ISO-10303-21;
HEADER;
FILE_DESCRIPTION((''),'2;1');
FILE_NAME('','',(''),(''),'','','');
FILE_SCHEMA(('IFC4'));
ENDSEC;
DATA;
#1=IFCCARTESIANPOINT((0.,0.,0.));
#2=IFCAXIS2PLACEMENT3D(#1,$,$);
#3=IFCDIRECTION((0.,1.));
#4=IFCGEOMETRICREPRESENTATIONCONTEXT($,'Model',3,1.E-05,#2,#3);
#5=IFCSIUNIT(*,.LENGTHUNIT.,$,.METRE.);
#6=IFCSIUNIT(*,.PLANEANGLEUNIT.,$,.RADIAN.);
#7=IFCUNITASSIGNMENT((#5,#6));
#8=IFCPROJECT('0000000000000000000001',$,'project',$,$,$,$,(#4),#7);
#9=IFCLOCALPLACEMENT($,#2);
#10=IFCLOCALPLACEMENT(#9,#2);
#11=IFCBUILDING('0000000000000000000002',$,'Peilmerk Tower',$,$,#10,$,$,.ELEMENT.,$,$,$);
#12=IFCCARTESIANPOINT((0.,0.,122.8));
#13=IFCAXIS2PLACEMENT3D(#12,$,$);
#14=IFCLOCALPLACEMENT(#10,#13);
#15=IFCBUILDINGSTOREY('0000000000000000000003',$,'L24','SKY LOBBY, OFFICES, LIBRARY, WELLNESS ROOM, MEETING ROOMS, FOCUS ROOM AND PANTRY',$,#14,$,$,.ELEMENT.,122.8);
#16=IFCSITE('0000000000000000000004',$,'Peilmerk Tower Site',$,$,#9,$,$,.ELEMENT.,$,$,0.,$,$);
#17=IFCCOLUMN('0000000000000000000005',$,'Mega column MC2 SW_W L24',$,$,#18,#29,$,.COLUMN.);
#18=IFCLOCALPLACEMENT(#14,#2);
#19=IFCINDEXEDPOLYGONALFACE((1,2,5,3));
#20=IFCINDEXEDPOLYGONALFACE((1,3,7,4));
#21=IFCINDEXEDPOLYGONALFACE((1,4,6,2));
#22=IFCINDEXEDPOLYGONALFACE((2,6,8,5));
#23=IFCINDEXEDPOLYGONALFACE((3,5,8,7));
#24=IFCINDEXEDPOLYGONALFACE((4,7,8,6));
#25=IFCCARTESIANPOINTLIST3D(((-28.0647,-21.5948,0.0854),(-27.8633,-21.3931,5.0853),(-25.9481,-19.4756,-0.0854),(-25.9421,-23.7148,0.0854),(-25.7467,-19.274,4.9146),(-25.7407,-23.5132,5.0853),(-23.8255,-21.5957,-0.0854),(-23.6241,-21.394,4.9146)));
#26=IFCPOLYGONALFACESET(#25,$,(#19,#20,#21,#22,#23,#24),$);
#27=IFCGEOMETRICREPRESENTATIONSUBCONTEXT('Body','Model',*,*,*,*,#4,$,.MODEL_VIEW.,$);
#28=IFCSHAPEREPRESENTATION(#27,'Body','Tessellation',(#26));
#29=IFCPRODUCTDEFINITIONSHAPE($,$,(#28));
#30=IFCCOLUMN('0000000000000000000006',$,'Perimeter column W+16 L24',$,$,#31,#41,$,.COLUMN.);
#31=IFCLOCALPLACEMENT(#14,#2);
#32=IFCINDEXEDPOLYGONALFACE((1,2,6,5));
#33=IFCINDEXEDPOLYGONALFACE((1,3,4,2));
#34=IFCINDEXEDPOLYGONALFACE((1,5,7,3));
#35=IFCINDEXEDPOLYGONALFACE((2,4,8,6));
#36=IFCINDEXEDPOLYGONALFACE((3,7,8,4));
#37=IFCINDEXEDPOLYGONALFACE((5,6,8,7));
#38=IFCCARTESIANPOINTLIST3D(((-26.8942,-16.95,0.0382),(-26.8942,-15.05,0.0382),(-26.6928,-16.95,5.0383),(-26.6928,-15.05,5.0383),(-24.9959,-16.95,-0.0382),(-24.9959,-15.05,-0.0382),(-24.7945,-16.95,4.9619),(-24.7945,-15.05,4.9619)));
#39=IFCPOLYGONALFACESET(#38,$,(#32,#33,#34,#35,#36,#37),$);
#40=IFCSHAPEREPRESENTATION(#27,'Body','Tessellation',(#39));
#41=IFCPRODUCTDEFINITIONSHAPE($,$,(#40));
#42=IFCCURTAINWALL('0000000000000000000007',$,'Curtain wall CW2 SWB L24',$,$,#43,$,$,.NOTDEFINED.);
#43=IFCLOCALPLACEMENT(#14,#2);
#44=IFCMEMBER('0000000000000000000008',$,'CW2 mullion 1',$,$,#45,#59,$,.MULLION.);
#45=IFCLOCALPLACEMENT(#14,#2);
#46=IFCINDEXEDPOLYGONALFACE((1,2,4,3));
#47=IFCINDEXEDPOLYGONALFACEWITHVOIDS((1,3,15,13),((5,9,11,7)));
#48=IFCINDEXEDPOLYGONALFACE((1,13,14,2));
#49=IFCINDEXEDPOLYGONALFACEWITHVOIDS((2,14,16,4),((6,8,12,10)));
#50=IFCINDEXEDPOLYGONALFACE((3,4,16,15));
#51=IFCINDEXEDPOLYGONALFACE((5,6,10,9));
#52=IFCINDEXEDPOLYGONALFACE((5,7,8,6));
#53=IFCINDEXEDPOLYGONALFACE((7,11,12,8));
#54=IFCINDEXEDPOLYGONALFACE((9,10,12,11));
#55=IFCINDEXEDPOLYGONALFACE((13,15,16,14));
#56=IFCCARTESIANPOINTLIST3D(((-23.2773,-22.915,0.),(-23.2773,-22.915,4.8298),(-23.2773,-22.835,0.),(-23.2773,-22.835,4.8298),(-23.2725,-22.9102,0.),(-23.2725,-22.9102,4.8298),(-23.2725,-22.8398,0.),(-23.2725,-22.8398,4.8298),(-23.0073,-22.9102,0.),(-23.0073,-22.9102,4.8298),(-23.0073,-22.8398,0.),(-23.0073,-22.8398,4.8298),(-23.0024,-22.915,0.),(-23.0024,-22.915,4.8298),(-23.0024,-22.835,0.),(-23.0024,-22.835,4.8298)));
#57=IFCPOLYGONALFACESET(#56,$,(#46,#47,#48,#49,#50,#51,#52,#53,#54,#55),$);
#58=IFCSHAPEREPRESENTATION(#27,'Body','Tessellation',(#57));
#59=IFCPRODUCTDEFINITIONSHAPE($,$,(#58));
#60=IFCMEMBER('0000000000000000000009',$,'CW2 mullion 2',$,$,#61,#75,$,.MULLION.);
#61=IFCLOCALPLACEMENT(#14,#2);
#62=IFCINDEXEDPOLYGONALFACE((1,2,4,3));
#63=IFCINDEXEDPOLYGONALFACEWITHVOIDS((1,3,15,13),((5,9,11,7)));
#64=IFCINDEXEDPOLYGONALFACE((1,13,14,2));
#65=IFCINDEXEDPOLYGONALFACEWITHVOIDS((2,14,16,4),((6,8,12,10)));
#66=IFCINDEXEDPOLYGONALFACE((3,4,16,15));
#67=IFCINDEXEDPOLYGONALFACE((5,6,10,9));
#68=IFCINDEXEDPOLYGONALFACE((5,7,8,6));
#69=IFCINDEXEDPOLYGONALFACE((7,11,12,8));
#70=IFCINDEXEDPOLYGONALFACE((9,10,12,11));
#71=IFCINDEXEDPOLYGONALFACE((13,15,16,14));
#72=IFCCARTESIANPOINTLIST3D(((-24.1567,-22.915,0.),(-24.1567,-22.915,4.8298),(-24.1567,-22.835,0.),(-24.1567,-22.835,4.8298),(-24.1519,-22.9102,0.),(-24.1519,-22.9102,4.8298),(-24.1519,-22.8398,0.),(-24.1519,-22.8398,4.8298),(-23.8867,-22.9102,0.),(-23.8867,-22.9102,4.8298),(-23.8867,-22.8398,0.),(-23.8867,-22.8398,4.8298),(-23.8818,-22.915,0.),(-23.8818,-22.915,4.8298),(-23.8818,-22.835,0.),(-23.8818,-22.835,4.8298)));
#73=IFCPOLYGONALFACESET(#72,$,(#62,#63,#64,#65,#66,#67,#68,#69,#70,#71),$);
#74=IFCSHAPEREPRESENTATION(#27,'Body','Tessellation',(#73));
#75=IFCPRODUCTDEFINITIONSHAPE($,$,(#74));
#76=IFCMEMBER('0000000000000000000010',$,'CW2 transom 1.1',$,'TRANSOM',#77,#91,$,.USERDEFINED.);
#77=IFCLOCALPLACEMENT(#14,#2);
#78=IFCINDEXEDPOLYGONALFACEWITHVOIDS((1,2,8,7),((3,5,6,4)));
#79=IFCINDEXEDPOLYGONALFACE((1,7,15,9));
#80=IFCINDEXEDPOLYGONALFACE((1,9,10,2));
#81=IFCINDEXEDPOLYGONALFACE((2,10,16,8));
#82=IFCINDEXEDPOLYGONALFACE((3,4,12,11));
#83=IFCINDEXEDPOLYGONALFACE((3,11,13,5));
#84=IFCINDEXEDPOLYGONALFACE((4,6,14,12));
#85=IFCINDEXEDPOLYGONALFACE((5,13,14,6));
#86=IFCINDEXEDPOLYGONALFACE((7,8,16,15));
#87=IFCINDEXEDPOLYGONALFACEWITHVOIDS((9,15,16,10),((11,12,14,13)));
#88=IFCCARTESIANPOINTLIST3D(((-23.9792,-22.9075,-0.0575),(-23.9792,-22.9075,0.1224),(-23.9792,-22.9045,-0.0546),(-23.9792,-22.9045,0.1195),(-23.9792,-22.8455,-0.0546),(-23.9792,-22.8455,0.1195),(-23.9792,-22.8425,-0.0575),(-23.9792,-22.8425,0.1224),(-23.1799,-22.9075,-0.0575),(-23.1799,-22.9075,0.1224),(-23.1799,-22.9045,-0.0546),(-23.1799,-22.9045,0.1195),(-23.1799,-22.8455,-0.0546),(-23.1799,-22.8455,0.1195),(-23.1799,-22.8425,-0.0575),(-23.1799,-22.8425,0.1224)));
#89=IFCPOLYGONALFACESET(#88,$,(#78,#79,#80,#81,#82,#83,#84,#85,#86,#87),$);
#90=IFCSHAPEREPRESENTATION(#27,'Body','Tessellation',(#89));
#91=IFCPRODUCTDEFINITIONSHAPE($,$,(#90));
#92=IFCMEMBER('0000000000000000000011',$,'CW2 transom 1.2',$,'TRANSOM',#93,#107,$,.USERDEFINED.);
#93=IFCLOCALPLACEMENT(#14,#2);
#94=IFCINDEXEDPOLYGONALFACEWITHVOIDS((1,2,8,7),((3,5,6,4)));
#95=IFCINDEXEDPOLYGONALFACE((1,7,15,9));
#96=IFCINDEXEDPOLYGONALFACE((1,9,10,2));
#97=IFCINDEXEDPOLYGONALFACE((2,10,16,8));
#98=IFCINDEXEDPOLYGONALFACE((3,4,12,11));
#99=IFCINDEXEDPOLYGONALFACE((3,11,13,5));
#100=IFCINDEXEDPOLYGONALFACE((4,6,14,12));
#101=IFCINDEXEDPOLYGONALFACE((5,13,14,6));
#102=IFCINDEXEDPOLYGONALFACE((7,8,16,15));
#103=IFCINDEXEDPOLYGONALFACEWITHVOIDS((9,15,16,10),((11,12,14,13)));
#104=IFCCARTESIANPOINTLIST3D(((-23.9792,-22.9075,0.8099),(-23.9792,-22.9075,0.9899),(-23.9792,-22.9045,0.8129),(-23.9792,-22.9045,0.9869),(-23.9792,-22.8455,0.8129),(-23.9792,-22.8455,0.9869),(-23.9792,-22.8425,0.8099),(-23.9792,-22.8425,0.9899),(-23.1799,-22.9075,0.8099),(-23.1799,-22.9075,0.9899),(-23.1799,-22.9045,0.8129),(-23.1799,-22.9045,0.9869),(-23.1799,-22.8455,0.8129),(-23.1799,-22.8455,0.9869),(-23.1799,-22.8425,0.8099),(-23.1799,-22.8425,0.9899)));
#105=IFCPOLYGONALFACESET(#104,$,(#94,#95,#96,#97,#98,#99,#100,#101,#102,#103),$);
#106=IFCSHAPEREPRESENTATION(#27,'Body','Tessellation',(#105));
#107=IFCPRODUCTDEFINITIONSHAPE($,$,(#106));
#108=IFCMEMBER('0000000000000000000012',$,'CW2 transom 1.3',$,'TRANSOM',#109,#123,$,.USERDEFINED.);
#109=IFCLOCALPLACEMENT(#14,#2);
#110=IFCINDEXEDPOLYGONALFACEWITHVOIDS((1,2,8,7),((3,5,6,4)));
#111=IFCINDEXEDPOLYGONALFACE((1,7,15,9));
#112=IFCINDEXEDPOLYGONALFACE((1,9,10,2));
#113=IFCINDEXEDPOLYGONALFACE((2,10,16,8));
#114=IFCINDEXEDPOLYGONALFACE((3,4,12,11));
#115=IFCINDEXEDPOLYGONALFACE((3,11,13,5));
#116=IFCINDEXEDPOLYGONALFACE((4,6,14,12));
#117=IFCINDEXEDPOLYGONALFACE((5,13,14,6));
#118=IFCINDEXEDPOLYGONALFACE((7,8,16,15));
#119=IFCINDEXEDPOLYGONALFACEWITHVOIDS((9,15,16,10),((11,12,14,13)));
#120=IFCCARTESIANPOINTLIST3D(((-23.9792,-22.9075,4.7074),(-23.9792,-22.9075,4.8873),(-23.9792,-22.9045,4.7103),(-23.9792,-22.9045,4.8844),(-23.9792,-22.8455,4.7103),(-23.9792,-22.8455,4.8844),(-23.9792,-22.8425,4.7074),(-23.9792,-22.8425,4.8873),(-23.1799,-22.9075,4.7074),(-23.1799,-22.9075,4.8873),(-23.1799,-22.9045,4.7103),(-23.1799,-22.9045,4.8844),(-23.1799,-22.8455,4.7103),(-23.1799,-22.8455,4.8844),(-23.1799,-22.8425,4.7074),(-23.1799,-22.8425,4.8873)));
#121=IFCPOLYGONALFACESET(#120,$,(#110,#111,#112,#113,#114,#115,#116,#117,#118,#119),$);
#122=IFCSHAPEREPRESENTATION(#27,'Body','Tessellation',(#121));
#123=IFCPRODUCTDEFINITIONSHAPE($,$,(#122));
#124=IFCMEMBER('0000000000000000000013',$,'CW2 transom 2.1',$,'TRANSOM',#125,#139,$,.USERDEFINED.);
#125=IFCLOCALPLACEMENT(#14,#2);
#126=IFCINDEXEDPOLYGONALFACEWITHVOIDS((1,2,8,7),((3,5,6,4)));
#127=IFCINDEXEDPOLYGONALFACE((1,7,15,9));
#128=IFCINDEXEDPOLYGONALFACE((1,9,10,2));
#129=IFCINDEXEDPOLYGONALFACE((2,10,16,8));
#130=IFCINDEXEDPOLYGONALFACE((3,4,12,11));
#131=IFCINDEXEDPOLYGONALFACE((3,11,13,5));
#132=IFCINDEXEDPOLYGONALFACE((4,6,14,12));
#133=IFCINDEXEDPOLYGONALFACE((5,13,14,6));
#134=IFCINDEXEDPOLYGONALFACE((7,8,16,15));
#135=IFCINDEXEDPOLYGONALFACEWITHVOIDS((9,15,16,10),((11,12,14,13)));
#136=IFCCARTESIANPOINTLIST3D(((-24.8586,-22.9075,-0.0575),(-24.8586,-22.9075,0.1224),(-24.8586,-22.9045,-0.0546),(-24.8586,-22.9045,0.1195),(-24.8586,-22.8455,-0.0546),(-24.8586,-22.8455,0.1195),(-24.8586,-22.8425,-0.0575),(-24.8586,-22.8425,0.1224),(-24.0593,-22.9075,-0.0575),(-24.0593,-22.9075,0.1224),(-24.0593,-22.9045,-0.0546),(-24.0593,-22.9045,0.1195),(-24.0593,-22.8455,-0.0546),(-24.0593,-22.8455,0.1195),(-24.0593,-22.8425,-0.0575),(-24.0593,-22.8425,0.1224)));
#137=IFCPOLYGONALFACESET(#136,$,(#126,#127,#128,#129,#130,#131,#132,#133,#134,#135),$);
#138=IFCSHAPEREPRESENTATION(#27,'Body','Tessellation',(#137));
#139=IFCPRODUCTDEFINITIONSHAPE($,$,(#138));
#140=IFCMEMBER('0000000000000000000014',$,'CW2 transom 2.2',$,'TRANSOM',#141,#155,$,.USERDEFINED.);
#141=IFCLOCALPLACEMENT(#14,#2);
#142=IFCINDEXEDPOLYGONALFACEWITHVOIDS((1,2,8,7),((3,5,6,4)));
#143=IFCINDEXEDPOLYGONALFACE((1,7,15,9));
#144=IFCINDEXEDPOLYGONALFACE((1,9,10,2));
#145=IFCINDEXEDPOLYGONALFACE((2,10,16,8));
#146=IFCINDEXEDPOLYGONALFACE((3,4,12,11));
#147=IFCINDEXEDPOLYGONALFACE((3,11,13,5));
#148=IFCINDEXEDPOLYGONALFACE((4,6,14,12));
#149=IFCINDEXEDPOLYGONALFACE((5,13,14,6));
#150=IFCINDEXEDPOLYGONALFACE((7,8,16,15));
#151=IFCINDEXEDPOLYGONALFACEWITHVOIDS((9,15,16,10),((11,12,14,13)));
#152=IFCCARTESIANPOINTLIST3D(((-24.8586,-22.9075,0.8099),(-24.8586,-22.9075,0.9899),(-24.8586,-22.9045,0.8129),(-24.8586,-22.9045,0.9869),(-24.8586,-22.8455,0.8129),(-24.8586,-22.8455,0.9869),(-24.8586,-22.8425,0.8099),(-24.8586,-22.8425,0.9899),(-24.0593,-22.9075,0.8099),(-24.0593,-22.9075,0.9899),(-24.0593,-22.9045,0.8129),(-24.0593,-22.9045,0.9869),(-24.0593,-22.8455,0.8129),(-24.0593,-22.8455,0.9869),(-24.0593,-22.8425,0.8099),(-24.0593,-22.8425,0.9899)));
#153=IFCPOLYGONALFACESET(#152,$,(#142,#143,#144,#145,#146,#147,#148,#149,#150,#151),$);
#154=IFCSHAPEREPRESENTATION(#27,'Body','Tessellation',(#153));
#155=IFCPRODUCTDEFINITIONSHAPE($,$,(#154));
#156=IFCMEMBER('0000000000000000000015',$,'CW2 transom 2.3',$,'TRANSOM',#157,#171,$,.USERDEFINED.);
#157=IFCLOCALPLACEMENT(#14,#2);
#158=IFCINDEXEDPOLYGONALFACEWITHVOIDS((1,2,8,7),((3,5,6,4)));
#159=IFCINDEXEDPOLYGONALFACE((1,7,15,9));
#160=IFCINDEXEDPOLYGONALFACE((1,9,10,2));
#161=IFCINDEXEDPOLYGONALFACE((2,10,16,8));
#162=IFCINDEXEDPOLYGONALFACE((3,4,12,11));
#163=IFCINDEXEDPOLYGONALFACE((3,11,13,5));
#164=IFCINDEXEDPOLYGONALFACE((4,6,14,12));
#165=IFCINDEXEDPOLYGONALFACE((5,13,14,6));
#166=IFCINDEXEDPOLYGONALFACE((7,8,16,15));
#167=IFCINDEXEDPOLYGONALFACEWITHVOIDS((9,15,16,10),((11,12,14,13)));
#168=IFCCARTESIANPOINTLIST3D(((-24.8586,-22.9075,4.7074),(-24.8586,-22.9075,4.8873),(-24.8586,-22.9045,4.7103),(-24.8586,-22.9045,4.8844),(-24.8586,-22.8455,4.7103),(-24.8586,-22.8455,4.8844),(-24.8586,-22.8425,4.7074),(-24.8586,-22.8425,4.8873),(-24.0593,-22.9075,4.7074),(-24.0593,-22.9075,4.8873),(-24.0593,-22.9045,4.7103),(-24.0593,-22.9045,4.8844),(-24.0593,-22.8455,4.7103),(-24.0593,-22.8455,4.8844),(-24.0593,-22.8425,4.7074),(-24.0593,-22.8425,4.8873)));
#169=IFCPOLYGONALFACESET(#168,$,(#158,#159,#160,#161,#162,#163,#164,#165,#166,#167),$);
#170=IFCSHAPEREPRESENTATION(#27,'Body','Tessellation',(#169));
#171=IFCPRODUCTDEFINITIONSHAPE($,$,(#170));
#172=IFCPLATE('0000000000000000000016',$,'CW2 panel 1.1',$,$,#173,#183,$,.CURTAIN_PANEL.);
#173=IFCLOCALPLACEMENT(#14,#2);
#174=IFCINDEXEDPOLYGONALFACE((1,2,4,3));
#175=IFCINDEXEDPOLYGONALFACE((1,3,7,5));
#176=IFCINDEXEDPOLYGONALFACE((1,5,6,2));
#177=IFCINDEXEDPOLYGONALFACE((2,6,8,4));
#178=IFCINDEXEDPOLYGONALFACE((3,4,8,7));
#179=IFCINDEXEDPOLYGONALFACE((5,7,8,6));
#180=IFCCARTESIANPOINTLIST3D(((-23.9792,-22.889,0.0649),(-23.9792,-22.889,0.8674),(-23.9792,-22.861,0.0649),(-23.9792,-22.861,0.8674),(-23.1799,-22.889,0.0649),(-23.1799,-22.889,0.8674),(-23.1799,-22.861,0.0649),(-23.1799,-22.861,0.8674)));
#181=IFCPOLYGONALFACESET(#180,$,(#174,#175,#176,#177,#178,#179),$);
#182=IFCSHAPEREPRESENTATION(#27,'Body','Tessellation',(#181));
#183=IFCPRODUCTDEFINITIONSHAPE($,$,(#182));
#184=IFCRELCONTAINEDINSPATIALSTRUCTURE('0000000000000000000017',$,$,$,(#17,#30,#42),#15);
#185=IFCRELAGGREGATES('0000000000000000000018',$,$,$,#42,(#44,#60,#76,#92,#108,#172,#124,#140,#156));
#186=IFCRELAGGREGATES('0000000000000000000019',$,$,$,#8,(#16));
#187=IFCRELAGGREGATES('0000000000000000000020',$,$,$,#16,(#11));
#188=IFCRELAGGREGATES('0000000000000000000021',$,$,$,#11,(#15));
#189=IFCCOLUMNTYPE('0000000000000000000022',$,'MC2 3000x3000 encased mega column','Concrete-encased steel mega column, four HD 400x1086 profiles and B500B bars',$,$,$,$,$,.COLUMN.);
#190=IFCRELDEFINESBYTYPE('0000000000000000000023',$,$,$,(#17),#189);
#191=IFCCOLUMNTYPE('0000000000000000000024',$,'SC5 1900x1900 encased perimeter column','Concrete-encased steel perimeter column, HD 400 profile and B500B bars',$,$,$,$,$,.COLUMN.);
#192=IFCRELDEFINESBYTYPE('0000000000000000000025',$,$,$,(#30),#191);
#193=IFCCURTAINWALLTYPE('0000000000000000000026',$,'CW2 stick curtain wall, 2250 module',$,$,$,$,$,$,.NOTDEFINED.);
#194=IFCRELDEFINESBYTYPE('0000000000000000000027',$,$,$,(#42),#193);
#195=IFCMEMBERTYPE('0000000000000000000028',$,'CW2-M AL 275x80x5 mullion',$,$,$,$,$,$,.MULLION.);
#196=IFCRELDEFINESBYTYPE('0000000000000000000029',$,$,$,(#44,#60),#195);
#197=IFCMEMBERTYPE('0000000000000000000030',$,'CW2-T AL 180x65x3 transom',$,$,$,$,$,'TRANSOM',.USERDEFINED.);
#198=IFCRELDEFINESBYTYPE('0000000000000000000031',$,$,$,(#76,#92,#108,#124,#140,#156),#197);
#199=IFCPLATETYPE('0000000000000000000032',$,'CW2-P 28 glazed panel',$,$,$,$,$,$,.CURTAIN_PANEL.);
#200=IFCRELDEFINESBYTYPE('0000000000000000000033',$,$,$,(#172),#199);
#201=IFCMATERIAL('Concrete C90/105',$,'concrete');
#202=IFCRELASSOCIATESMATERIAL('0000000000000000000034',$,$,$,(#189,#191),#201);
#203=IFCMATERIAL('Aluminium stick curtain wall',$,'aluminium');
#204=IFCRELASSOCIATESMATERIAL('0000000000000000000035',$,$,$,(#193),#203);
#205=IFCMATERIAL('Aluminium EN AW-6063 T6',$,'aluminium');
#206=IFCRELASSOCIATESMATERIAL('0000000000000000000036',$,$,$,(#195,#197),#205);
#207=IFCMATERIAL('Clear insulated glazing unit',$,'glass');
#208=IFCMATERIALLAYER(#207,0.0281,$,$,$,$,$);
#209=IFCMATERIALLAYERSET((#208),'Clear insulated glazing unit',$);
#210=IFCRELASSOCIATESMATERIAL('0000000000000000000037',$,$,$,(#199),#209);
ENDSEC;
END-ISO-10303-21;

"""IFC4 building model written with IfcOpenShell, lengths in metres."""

from ifc_helpers import new_model, si_unit, direction, frame, origin, origin_2d, place, context, subcontext, project, spatial, rectangle, hollow_rectangle, extrude, material, layer, layer_set, material_profile, profile_set, type_object, element, aggregate, save


model = new_model("IFC4")

# Units and contexts
model_context = context("Model", 3, precision=1e-05, world=origin(), true_north=direction((0.0, 1.0)))
body_context = subcontext(model_context, "Body", "Model", "MODEL_VIEW")
ifc_project = project(units=[si_unit("LENGTHUNIT", "METRE"), si_unit("PLANEANGLEUNIT", "RADIAN")], contexts=[model_context])

# Site, building, storey
site_placement = place(None, origin())
site = spatial("IfcSite", under=ifc_project, at=site_placement, Name="Peilmerk Tower Site", CompositionType="ELEMENT", RefElevation=0.0)
building_placement = place(site_placement, origin())
building = spatial("IfcBuilding", under=site, at=building_placement, Name="Peilmerk Tower", CompositionType="ELEMENT")
storey_placement = place(building_placement, frame((0.0, 0.0, 122.8)))
storey = spatial("IfcBuildingStorey", under=building, at=storey_placement, Name="L24", Description="SKY LOBBY, OFFICES, LIBRARY, WELLNESS ROOM, MEETING ROOMS, FOCUS ROOM AND PANTRY", CompositionType="ELEMENT", Elevation=122.8)

# Columns
ifc_material_1 = material(Name="Concrete C90/105", Category="concrete")
ifc_material_profile_1 = material_profile(ifc_material_1, rectangle(XDim=3.0, YDim=3.0, at=origin_2d()), Name="RC 3000x3000")
ifc_profile_set_1 = profile_set([ifc_material_profile_1], Name="Concrete C90/105")
column_type_1 = type_object("IfcColumnType", Name="MC2 3000x3000 encased mega column", Description="Concrete-encased steel mega column, four HD 400x1086 profiles and B500B bars", PredefinedType="COLUMN", material=ifc_profile_set_1)
column_1_placement = place(storey_placement, frame((-25.9451, -21.5952, 0.0), z_axis=(0.040218, 0.040267, 0.998379), x_axis=(-0.707535, 0.706678, 0.0)))
element("IfcColumn", 1, at=column_1_placement, inside=storey, type_object=column_type_1, Name="Mega column MC2 SW_W L24", PredefinedType="COLUMN", context=body_context, shape_type="SweptSolid", body=[
    extrude(rectangle(XDim=3.0, YDim=3.0, at=origin_2d()), origin(), (0.0, 0.0, 1.0), 5.0081),
])
ifc_material_profile_2 = material_profile(ifc_material_1, rectangle(XDim=1.8999, YDim=1.8999, at=origin_2d()), Name="RC 1900x1900")
ifc_profile_set_2 = profile_set([ifc_material_profile_2], Name="Concrete C90/105")
column_type_2 = type_object("IfcColumnType", Name="SC5 1900x1900 encased perimeter column", Description="Concrete-encased steel perimeter column, HD 400 profile and B500B bars", PredefinedType="COLUMN", material=ifc_profile_set_2)
column_2_placement = place(storey_placement, frame((-25.9451, -16.0, 0.0), z_axis=(0.040251, 0.0, 0.99919), x_axis=(0.0, 1.0, 0.0)))
element("IfcColumn", 2, at=column_2_placement, inside=storey, type_object=column_type_2, Name="Perimeter column W+16 L24", PredefinedType="COLUMN", context=body_context, shape_type="SweptSolid", body=[
    extrude(rectangle(XDim=1.8999, YDim=1.8999, at=origin_2d()), origin(), (0.0, 0.0, 1.0), 5.0042),
])

# Curtain wall, members, plate
ifc_material_2 = material(Name="Aluminium stick curtain wall", Category="aluminium")
curtain_wall_type = type_object("IfcCurtainWallType", Name="CW2 stick curtain wall, 2250 module", PredefinedType="NOTDEFINED", material=ifc_material_2)
curtain_wall_placement = place(storey_placement, origin())
curtain_wall = element("IfcCurtainWall", 3, at=curtain_wall_placement, inside=storey, type_object=curtain_wall_type, Name="Curtain wall CW2 SWB L24", PredefinedType="NOTDEFINED")
ifc_material_3 = material(Name="Aluminium EN AW-6063 T6", Category="aluminium")
ifc_material_profile_3 = material_profile(ifc_material_3, hollow_rectangle(XDim=0.0801, YDim=0.2749, WallThickness=0.0049, at=origin_2d()), Name="AL 275x80x5")
ifc_profile_set_3 = profile_set([ifc_material_profile_3], Name="Aluminium EN AW-6063 T6")
member_type_1 = type_object("IfcMemberType", Name="CW2-M AL 275x80x5 mullion", PredefinedType="MULLION", material=ifc_profile_set_3)
member_1_placement = place(storey_placement, frame((-23.1399, -22.875, 0.0), z_axis=(0.0, 0.0, 1.0), x_axis=(0.0, -1.0, 0.0)))
member_1 = element("IfcMember", 4, at=member_1_placement, type_object=member_type_1, Name="CW2 mullion 1", PredefinedType="MULLION", context=body_context, shape_type="SweptSolid", body=[
    extrude(hollow_rectangle(XDim=0.0801, YDim=0.2749, WallThickness=0.0049, at=origin_2d()), origin(), (0.0, 0.0, 1.0), 4.8298),
])
member_2_placement = place(storey_placement, frame((-24.0193, -22.875, 0.0), z_axis=(0.0, 0.0, 1.0), x_axis=(0.0, -1.0, 0.0)))
member_2 = element("IfcMember", 5, at=member_2_placement, type_object=member_type_1, Name="CW2 mullion 2", PredefinedType="MULLION", context=body_context, shape_type="SweptSolid", body=[
    extrude(hollow_rectangle(XDim=0.0801, YDim=0.2749, WallThickness=0.0049, at=origin_2d()), origin(), (0.0, 0.0, 1.0), 4.8298),
])
ifc_material_profile_4 = material_profile(ifc_material_3, hollow_rectangle(XDim=0.0649, YDim=0.1799, WallThickness=0.0029, at=origin_2d()), Name="AL 180x65x3")
ifc_profile_set_4 = profile_set([ifc_material_profile_4], Name="Aluminium EN AW-6063 T6")
member_type_2 = type_object("IfcMemberType", Name="CW2-T AL 180x65x3 transom", ElementType="TRANSOM", PredefinedType="USERDEFINED", material=ifc_profile_set_4)
member_3_placement = place(storey_placement, frame((-23.1799, -22.875, 0.0325), z_axis=(-1.0, 0.0, 0.0), x_axis=(0.0, -1.0, 0.0)))
member_3 = element("IfcMember", 6, at=member_3_placement, type_object=member_type_2, Name="CW2 transom 1.1", ObjectType="TRANSOM", PredefinedType="USERDEFINED", context=body_context, shape_type="SweptSolid", body=[
    extrude(hollow_rectangle(XDim=0.0649, YDim=0.1799, WallThickness=0.0029, at=origin_2d()), origin(), (0.0, 0.0, 1.0), 0.7993),
])
member_4_placement = place(storey_placement, frame((-23.1799, -22.875, 0.8999), z_axis=(-1.0, 0.0, 0.0), x_axis=(0.0, -1.0, 0.0)))
member_4 = element("IfcMember", 7, at=member_4_placement, type_object=member_type_2, Name="CW2 transom 1.2", ObjectType="TRANSOM", PredefinedType="USERDEFINED", context=body_context, shape_type="SweptSolid", body=[
    extrude(hollow_rectangle(XDim=0.0649, YDim=0.1799, WallThickness=0.0029, at=origin_2d()), origin(), (0.0, 0.0, 1.0), 0.7993),
])
member_5_placement = place(storey_placement, frame((-23.1799, -22.875, 4.7974), z_axis=(-1.0, 0.0, 0.0), x_axis=(0.0, -1.0, 0.0)))
member_5 = element("IfcMember", 8, at=member_5_placement, type_object=member_type_2, Name="CW2 transom 1.3", ObjectType="TRANSOM", PredefinedType="USERDEFINED", context=body_context, shape_type="SweptSolid", body=[
    extrude(hollow_rectangle(XDim=0.0649, YDim=0.1799, WallThickness=0.0029, at=origin_2d()), origin(), (0.0, 0.0, 1.0), 0.7993),
])
member_6_placement = place(storey_placement, frame((-24.0593, -22.875, 0.0325), z_axis=(-1.0, 0.0, 0.0), x_axis=(0.0, -1.0, 0.0)))
member_6 = element("IfcMember", 9, at=member_6_placement, type_object=member_type_2, Name="CW2 transom 2.1", ObjectType="TRANSOM", PredefinedType="USERDEFINED", context=body_context, shape_type="SweptSolid", body=[
    extrude(hollow_rectangle(XDim=0.0649, YDim=0.1799, WallThickness=0.0029, at=origin_2d()), origin(), (0.0, 0.0, 1.0), 0.7993),
])
member_7_placement = place(storey_placement, frame((-24.0593, -22.875, 0.8999), z_axis=(-1.0, 0.0, 0.0), x_axis=(0.0, -1.0, 0.0)))
member_7 = element("IfcMember", 10, at=member_7_placement, type_object=member_type_2, Name="CW2 transom 2.2", ObjectType="TRANSOM", PredefinedType="USERDEFINED", context=body_context, shape_type="SweptSolid", body=[
    extrude(hollow_rectangle(XDim=0.0649, YDim=0.1799, WallThickness=0.0029, at=origin_2d()), origin(), (0.0, 0.0, 1.0), 0.7993),
])
member_8_placement = place(storey_placement, frame((-24.0593, -22.875, 4.7974), z_axis=(-1.0, 0.0, 0.0), x_axis=(0.0, -1.0, 0.0)))
member_8 = element("IfcMember", 11, at=member_8_placement, type_object=member_type_2, Name="CW2 transom 2.3", ObjectType="TRANSOM", PredefinedType="USERDEFINED", context=body_context, shape_type="SweptSolid", body=[
    extrude(hollow_rectangle(XDim=0.0649, YDim=0.1799, WallThickness=0.0029, at=origin_2d()), origin(), (0.0, 0.0, 1.0), 0.7993),
])
ifc_material_4 = material(Name="Clear insulated glazing unit", Category="glass")
ifc_layer = layer(ifc_material_4, 0.0281)
ifc_layer_set = layer_set([ifc_layer], Name="Clear insulated glazing unit")
plate_type = type_object("IfcPlateType", Name="CW2-P 28 glazed panel", PredefinedType="CURTAIN_PANEL", material=ifc_layer_set)
plate_1_placement = place(storey_placement, frame((-23.5796, -22.875, 0.0649), z_axis=(0.0, 0.0, 1.0), x_axis=(-1.0, 0.0, 0.0)))
plate_1 = element("IfcPlate", 12, at=plate_1_placement, type_object=plate_type, Name="CW2 panel 1.1", PredefinedType="CURTAIN_PANEL", context=body_context, shape_type="SweptSolid", body=[
    extrude(rectangle(XDim=0.7993, YDim=0.0281, at=origin_2d()), origin(), (0.0, 0.0, 1.0), 0.8025),
])
aggregate(curtain_wall, [member_1, member_2, member_3, member_4, member_5, plate_1, member_6, member_7, member_8])

save(model, "model.ifc")
